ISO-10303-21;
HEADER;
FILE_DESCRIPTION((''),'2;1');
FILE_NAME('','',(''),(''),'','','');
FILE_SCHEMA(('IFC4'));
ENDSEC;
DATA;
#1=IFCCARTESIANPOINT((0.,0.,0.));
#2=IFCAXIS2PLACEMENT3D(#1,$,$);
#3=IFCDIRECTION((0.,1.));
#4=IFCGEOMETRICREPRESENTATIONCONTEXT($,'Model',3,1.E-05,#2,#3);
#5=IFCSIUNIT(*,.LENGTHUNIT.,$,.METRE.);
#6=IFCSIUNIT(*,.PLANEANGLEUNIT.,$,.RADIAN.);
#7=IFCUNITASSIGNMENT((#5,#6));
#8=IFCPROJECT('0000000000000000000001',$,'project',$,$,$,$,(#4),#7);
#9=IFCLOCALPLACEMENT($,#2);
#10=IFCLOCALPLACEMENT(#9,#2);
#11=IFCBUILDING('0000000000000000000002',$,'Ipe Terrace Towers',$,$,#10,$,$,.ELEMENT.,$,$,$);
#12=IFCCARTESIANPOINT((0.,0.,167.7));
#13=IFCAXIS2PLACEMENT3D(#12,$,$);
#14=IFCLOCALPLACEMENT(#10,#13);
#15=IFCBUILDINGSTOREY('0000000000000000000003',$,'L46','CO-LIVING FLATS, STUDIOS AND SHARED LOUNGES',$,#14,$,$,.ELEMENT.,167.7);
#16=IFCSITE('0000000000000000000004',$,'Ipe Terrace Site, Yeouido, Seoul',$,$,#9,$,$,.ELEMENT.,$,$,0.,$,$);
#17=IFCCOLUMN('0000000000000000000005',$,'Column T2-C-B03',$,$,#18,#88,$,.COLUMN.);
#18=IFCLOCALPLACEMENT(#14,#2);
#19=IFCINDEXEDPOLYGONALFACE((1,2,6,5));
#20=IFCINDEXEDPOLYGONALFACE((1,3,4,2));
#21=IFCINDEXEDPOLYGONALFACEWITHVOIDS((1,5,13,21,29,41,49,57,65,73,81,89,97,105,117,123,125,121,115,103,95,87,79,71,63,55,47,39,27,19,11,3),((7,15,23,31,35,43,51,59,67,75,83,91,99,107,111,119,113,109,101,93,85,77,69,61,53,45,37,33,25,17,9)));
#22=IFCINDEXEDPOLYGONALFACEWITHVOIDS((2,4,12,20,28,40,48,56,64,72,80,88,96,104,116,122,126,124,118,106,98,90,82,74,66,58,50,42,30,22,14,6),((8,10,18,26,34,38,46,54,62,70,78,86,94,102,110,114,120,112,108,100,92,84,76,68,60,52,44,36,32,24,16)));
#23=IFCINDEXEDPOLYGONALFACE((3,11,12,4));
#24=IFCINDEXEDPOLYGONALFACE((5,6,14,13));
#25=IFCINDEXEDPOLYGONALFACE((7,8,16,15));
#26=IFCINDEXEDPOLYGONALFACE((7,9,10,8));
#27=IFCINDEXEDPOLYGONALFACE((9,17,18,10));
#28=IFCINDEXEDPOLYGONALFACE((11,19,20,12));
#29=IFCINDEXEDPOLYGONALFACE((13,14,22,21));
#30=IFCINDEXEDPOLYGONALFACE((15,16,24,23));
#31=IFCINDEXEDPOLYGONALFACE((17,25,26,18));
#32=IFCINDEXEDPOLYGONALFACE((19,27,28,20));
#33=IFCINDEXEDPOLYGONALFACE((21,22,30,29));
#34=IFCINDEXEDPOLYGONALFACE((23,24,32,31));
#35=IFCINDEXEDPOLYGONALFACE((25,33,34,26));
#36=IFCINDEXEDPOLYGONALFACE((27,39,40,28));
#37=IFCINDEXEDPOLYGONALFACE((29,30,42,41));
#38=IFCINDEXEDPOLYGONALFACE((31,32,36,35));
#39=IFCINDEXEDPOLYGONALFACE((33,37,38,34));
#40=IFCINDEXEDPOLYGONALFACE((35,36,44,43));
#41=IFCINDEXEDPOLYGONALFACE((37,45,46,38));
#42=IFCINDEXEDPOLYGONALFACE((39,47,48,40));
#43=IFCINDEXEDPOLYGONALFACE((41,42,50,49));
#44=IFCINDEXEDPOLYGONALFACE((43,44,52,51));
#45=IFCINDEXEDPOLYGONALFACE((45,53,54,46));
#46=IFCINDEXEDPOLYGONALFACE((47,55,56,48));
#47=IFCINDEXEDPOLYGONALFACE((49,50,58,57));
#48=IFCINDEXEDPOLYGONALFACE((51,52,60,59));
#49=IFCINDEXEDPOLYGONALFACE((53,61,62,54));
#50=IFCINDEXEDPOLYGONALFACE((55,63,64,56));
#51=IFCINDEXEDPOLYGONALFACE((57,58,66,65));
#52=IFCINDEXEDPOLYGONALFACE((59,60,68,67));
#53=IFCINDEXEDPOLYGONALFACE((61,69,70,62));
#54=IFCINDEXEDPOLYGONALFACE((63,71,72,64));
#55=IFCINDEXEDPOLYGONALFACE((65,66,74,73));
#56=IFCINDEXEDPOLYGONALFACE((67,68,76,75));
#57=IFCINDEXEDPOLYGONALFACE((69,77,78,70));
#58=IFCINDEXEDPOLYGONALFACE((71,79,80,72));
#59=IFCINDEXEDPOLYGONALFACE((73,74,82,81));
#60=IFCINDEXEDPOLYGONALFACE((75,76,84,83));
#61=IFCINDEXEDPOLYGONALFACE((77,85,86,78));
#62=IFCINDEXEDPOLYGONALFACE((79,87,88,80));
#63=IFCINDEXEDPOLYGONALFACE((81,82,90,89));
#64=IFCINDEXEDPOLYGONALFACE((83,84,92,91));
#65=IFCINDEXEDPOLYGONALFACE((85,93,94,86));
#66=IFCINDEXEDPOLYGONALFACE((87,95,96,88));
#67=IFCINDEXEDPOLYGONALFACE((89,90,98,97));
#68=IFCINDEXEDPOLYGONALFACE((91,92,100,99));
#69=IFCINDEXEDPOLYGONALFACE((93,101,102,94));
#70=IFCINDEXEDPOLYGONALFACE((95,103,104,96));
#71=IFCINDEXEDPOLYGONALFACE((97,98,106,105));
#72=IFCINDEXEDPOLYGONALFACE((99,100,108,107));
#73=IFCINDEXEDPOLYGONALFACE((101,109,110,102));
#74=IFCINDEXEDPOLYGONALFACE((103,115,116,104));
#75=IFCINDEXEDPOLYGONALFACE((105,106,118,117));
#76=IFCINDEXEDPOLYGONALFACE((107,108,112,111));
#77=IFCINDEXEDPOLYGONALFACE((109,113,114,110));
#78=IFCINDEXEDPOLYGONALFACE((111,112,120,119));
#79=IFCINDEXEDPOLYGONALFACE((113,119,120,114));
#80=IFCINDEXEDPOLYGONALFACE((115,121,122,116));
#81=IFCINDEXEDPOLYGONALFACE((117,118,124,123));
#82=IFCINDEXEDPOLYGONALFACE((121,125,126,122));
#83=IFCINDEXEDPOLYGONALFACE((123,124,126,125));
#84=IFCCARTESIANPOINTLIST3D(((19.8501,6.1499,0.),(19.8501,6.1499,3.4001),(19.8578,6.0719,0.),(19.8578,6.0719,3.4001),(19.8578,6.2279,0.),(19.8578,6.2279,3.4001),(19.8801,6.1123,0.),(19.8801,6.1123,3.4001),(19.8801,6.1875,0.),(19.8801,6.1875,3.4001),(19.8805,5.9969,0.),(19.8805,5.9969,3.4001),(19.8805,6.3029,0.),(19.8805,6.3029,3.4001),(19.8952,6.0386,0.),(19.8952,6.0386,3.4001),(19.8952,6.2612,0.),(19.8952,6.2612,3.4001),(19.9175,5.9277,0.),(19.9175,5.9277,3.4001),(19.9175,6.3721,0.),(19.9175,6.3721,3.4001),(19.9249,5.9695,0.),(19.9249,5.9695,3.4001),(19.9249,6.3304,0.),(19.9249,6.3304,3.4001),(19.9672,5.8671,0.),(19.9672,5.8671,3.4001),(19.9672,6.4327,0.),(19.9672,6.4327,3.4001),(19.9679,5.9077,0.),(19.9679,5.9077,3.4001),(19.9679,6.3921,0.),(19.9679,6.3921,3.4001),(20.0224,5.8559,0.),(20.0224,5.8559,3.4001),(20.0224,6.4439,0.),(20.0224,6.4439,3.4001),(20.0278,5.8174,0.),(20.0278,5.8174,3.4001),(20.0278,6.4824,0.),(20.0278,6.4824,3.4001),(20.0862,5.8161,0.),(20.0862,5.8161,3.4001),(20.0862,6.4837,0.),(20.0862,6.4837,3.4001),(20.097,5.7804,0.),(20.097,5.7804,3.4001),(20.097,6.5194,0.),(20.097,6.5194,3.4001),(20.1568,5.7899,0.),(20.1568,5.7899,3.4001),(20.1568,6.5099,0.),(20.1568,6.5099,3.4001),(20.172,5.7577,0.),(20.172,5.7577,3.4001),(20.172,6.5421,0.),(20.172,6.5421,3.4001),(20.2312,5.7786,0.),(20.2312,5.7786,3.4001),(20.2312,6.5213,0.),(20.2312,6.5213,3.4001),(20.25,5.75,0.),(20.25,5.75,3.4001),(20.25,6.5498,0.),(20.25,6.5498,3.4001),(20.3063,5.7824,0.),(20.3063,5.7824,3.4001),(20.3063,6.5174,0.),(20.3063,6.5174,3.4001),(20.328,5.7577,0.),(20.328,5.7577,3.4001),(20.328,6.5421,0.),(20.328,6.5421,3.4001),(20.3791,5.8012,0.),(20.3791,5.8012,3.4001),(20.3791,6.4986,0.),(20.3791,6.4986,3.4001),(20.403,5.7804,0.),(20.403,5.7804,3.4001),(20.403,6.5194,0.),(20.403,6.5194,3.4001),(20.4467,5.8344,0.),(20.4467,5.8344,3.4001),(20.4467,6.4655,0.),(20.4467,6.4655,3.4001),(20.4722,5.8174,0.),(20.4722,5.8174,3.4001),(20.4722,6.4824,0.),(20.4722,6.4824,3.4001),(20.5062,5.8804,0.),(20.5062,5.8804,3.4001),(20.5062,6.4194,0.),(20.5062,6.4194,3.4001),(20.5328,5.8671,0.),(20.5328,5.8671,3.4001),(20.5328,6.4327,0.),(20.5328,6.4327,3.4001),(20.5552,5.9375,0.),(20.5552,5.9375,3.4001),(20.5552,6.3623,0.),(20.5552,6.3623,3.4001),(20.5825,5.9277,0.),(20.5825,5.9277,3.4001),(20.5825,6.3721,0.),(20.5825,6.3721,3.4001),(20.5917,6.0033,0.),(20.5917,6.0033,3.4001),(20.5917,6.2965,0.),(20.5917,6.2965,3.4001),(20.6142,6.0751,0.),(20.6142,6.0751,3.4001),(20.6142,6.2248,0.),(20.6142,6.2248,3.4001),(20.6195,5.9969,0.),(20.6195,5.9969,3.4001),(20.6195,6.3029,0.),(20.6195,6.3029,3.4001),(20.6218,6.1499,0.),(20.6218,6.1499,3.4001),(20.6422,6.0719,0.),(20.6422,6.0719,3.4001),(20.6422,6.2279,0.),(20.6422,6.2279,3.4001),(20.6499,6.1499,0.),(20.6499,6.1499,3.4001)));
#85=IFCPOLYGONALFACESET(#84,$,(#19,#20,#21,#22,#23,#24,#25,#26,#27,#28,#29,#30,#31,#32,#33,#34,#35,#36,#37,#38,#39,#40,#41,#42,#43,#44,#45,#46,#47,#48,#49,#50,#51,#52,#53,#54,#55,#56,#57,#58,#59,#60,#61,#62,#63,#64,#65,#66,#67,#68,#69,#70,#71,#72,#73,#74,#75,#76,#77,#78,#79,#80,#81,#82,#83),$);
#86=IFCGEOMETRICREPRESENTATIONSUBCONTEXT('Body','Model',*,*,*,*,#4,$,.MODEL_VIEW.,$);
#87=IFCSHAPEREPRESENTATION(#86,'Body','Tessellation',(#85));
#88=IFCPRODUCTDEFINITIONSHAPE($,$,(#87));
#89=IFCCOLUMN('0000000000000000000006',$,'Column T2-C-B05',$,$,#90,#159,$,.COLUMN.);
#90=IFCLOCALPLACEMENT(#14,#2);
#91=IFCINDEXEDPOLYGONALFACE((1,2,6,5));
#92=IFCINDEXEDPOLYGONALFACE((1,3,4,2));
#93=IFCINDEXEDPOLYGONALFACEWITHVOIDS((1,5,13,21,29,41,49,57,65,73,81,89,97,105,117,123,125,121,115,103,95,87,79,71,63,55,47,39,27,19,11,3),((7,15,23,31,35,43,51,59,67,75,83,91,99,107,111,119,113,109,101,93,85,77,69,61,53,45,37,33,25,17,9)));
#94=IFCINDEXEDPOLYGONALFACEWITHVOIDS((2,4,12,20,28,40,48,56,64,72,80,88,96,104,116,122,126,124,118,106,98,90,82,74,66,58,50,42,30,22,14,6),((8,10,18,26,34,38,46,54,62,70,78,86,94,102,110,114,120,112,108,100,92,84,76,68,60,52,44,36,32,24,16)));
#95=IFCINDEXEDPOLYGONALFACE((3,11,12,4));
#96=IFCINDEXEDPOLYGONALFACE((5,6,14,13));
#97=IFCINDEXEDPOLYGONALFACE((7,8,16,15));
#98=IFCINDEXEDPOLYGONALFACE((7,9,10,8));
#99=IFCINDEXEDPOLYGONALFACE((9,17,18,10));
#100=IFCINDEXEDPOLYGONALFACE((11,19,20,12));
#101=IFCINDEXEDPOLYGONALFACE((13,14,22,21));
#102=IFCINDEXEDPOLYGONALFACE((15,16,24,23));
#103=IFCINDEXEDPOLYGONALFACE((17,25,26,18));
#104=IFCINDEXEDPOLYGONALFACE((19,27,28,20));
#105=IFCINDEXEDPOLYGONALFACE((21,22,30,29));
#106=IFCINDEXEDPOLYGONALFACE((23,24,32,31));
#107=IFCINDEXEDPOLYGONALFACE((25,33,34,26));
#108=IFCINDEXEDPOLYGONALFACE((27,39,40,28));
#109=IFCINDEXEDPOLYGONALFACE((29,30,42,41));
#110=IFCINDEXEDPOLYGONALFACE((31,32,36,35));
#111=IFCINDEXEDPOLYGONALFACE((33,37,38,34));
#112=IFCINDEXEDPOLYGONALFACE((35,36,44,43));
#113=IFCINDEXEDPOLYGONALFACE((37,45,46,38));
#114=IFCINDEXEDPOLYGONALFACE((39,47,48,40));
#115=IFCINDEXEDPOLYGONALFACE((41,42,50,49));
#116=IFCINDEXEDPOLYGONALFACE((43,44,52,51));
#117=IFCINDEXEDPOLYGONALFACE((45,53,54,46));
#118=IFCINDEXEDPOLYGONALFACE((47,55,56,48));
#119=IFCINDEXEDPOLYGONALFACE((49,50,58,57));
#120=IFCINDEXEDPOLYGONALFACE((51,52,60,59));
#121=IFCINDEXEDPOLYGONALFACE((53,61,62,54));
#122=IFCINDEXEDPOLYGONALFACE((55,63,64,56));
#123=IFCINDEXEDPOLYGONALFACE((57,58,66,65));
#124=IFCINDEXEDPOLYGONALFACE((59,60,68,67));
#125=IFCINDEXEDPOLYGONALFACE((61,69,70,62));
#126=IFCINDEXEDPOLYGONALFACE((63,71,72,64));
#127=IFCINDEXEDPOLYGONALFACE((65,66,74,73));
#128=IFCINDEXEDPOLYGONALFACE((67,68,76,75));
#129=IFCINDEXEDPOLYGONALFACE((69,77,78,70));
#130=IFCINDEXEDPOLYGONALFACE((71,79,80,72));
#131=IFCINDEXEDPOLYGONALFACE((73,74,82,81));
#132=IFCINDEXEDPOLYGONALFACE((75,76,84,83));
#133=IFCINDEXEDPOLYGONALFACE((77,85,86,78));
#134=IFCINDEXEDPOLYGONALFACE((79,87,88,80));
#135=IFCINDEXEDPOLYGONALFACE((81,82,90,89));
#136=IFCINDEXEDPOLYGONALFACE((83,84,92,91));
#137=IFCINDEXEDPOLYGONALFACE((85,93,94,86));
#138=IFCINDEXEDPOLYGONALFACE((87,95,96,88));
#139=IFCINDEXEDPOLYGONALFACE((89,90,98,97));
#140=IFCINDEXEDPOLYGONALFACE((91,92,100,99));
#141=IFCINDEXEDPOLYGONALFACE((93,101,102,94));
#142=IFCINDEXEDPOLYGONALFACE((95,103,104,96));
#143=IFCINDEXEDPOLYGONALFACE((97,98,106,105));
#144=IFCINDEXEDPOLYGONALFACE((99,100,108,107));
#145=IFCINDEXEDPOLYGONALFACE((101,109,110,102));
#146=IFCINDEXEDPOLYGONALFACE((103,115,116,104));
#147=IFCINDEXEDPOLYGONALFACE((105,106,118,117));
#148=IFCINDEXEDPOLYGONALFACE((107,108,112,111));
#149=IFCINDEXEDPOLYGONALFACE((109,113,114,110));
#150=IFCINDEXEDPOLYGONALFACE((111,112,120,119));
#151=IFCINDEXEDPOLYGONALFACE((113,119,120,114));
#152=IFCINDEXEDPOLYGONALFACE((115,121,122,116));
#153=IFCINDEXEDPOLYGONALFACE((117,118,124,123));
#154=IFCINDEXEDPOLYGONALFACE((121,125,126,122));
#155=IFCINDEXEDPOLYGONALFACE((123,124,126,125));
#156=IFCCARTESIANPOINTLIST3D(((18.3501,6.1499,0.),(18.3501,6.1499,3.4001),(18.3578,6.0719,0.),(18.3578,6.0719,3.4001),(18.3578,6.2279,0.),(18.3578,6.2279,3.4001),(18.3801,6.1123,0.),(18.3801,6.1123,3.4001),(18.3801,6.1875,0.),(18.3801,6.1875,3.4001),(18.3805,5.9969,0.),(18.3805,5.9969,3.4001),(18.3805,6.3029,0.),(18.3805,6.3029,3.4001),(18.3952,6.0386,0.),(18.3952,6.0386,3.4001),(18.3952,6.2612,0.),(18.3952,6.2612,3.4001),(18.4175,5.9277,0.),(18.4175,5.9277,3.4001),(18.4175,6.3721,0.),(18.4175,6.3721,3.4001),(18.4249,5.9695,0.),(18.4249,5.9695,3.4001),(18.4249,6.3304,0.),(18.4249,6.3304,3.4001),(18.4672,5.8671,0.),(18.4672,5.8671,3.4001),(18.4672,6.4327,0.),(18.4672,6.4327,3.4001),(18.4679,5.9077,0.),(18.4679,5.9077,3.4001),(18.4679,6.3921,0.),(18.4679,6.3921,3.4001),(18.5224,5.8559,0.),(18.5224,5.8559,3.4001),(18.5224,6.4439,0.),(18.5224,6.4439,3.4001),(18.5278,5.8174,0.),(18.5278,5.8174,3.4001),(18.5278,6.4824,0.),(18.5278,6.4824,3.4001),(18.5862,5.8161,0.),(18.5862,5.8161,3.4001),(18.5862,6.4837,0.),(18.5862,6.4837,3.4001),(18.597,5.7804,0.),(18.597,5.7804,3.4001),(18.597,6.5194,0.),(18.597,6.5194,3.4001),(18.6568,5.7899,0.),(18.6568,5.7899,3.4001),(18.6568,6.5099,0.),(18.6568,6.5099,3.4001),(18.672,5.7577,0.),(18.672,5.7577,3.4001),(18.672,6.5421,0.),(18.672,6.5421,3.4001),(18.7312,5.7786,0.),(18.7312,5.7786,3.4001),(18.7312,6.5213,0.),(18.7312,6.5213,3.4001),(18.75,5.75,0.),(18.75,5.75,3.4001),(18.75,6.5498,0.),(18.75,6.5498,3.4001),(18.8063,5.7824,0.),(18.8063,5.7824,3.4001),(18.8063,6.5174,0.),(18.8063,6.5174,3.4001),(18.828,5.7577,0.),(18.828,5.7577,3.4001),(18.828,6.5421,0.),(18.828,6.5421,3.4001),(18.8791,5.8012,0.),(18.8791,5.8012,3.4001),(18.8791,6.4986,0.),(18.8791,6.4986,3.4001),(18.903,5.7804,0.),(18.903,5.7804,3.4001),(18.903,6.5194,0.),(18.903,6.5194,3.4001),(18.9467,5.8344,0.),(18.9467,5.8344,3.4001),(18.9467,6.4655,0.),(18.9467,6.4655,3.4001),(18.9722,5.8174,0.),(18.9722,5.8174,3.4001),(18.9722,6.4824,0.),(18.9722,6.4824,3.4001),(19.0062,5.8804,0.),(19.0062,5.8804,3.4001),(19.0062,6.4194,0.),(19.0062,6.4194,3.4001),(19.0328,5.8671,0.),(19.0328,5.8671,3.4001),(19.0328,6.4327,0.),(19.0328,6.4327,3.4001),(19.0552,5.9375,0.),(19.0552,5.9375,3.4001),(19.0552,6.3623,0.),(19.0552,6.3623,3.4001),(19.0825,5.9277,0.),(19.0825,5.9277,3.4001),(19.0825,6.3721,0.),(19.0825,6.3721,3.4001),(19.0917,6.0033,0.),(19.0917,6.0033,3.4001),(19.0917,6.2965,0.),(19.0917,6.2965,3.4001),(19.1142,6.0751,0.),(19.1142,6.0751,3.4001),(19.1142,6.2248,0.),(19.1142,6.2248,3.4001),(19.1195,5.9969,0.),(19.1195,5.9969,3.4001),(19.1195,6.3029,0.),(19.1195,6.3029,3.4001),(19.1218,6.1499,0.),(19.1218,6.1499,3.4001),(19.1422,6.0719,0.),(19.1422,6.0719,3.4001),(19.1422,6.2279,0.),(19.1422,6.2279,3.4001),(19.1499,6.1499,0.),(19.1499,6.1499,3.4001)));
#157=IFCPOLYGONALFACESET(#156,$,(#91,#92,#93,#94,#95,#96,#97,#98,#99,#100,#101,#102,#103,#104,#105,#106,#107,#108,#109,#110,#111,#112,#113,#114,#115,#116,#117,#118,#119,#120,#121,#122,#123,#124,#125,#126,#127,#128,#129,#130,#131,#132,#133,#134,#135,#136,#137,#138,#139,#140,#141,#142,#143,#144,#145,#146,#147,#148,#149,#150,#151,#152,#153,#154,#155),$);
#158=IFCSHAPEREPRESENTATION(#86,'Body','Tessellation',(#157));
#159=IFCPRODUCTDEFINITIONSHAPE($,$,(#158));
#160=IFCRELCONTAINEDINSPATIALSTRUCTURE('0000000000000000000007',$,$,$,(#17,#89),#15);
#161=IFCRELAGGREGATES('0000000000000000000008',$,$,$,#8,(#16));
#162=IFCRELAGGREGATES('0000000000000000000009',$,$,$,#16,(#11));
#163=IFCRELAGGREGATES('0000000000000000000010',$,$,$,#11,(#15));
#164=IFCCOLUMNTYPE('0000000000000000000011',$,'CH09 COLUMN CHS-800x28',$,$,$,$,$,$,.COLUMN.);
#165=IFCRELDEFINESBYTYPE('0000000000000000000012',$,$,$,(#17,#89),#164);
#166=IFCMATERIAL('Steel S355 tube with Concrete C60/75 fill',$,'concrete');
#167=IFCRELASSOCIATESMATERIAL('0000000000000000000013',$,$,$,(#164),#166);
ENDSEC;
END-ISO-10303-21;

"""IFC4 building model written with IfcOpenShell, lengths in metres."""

from ifc_helpers import new_model, si_unit, direction, frame, origin, origin_2d, place, context, subcontext, project, spatial, hollow_circle, extrude, material, material_profile, profile_set, type_object, element, save


model = new_model("IFC4")

# Units and contexts
model_context = context("Model", 3, precision=1e-05, world=origin(), true_north=direction((0.0, 1.0)))
body_context = subcontext(model_context, "Body", "Model", "MODEL_VIEW")
ifc_project = project(units=[si_unit("LENGTHUNIT", "METRE"), si_unit("PLANEANGLEUNIT", "RADIAN")], contexts=[model_context])

# Site, building, storey
site_placement = place(None, origin())
site = spatial("IfcSite", under=ifc_project, at=site_placement, Name="Ipe Terrace Site, Yeouido, Seoul", CompositionType="ELEMENT", RefElevation=0.0)
building_placement = place(site_placement, origin())
building = spatial("IfcBuilding", under=site, at=building_placement, Name="Ipe Terrace Towers", CompositionType="ELEMENT")
storey_placement = place(building_placement, frame((0.0, 0.0, 167.7)))
storey = spatial("IfcBuildingStorey", under=building, at=storey_placement, Name="L46", Description="CO-LIVING FLATS, STUDIOS AND SHARED LOUNGES", CompositionType="ELEMENT", Elevation=167.7)

# Columns
ifc_material_1 = material(Name="Steel S355 tube with Concrete C60/75 fill", Category="concrete")
ifc_material_profile_1 = material_profile(ifc_material_1, hollow_circle(Radius=0.3999, WallThickness=0.0281, at=origin_2d()), Name="CHS-800x28")
ifc_profile_set_1 = profile_set([ifc_material_profile_1], Name="Steel S355 tube with Concrete C60/75 fill")
column_type_1 = type_object("IfcColumnType", Name="CH09 COLUMN CHS-800x28", PredefinedType="COLUMN", material=ifc_profile_set_1)
for number, where, z_axis, x_axis, name in (
    (1, (20.25, 6.1499, 0.0), (0.0, 0.0, 1.0), (1.0, 0.0, 0.0), "Column T2-C-B03"),
    (2, (18.75, 6.1499, 0.0), (0.0, 0.0, 1.0), (1.0, 0.0, 0.0), "Column T2-C-B05"),
):
    element("IfcColumn", number, at=place(storey_placement, frame(where, z_axis=z_axis, x_axis=x_axis)), inside=storey, type_object=column_type_1, Name=name, PredefinedType="COLUMN", context=body_context, shape_type="SweptSolid", body=[
        extrude(hollow_circle(Radius=0.3999, WallThickness=0.0281, at=origin_2d()), origin(), (0.0, 0.0, 1.0), 3.4001),
    ])

save(model, "model.ifc")
